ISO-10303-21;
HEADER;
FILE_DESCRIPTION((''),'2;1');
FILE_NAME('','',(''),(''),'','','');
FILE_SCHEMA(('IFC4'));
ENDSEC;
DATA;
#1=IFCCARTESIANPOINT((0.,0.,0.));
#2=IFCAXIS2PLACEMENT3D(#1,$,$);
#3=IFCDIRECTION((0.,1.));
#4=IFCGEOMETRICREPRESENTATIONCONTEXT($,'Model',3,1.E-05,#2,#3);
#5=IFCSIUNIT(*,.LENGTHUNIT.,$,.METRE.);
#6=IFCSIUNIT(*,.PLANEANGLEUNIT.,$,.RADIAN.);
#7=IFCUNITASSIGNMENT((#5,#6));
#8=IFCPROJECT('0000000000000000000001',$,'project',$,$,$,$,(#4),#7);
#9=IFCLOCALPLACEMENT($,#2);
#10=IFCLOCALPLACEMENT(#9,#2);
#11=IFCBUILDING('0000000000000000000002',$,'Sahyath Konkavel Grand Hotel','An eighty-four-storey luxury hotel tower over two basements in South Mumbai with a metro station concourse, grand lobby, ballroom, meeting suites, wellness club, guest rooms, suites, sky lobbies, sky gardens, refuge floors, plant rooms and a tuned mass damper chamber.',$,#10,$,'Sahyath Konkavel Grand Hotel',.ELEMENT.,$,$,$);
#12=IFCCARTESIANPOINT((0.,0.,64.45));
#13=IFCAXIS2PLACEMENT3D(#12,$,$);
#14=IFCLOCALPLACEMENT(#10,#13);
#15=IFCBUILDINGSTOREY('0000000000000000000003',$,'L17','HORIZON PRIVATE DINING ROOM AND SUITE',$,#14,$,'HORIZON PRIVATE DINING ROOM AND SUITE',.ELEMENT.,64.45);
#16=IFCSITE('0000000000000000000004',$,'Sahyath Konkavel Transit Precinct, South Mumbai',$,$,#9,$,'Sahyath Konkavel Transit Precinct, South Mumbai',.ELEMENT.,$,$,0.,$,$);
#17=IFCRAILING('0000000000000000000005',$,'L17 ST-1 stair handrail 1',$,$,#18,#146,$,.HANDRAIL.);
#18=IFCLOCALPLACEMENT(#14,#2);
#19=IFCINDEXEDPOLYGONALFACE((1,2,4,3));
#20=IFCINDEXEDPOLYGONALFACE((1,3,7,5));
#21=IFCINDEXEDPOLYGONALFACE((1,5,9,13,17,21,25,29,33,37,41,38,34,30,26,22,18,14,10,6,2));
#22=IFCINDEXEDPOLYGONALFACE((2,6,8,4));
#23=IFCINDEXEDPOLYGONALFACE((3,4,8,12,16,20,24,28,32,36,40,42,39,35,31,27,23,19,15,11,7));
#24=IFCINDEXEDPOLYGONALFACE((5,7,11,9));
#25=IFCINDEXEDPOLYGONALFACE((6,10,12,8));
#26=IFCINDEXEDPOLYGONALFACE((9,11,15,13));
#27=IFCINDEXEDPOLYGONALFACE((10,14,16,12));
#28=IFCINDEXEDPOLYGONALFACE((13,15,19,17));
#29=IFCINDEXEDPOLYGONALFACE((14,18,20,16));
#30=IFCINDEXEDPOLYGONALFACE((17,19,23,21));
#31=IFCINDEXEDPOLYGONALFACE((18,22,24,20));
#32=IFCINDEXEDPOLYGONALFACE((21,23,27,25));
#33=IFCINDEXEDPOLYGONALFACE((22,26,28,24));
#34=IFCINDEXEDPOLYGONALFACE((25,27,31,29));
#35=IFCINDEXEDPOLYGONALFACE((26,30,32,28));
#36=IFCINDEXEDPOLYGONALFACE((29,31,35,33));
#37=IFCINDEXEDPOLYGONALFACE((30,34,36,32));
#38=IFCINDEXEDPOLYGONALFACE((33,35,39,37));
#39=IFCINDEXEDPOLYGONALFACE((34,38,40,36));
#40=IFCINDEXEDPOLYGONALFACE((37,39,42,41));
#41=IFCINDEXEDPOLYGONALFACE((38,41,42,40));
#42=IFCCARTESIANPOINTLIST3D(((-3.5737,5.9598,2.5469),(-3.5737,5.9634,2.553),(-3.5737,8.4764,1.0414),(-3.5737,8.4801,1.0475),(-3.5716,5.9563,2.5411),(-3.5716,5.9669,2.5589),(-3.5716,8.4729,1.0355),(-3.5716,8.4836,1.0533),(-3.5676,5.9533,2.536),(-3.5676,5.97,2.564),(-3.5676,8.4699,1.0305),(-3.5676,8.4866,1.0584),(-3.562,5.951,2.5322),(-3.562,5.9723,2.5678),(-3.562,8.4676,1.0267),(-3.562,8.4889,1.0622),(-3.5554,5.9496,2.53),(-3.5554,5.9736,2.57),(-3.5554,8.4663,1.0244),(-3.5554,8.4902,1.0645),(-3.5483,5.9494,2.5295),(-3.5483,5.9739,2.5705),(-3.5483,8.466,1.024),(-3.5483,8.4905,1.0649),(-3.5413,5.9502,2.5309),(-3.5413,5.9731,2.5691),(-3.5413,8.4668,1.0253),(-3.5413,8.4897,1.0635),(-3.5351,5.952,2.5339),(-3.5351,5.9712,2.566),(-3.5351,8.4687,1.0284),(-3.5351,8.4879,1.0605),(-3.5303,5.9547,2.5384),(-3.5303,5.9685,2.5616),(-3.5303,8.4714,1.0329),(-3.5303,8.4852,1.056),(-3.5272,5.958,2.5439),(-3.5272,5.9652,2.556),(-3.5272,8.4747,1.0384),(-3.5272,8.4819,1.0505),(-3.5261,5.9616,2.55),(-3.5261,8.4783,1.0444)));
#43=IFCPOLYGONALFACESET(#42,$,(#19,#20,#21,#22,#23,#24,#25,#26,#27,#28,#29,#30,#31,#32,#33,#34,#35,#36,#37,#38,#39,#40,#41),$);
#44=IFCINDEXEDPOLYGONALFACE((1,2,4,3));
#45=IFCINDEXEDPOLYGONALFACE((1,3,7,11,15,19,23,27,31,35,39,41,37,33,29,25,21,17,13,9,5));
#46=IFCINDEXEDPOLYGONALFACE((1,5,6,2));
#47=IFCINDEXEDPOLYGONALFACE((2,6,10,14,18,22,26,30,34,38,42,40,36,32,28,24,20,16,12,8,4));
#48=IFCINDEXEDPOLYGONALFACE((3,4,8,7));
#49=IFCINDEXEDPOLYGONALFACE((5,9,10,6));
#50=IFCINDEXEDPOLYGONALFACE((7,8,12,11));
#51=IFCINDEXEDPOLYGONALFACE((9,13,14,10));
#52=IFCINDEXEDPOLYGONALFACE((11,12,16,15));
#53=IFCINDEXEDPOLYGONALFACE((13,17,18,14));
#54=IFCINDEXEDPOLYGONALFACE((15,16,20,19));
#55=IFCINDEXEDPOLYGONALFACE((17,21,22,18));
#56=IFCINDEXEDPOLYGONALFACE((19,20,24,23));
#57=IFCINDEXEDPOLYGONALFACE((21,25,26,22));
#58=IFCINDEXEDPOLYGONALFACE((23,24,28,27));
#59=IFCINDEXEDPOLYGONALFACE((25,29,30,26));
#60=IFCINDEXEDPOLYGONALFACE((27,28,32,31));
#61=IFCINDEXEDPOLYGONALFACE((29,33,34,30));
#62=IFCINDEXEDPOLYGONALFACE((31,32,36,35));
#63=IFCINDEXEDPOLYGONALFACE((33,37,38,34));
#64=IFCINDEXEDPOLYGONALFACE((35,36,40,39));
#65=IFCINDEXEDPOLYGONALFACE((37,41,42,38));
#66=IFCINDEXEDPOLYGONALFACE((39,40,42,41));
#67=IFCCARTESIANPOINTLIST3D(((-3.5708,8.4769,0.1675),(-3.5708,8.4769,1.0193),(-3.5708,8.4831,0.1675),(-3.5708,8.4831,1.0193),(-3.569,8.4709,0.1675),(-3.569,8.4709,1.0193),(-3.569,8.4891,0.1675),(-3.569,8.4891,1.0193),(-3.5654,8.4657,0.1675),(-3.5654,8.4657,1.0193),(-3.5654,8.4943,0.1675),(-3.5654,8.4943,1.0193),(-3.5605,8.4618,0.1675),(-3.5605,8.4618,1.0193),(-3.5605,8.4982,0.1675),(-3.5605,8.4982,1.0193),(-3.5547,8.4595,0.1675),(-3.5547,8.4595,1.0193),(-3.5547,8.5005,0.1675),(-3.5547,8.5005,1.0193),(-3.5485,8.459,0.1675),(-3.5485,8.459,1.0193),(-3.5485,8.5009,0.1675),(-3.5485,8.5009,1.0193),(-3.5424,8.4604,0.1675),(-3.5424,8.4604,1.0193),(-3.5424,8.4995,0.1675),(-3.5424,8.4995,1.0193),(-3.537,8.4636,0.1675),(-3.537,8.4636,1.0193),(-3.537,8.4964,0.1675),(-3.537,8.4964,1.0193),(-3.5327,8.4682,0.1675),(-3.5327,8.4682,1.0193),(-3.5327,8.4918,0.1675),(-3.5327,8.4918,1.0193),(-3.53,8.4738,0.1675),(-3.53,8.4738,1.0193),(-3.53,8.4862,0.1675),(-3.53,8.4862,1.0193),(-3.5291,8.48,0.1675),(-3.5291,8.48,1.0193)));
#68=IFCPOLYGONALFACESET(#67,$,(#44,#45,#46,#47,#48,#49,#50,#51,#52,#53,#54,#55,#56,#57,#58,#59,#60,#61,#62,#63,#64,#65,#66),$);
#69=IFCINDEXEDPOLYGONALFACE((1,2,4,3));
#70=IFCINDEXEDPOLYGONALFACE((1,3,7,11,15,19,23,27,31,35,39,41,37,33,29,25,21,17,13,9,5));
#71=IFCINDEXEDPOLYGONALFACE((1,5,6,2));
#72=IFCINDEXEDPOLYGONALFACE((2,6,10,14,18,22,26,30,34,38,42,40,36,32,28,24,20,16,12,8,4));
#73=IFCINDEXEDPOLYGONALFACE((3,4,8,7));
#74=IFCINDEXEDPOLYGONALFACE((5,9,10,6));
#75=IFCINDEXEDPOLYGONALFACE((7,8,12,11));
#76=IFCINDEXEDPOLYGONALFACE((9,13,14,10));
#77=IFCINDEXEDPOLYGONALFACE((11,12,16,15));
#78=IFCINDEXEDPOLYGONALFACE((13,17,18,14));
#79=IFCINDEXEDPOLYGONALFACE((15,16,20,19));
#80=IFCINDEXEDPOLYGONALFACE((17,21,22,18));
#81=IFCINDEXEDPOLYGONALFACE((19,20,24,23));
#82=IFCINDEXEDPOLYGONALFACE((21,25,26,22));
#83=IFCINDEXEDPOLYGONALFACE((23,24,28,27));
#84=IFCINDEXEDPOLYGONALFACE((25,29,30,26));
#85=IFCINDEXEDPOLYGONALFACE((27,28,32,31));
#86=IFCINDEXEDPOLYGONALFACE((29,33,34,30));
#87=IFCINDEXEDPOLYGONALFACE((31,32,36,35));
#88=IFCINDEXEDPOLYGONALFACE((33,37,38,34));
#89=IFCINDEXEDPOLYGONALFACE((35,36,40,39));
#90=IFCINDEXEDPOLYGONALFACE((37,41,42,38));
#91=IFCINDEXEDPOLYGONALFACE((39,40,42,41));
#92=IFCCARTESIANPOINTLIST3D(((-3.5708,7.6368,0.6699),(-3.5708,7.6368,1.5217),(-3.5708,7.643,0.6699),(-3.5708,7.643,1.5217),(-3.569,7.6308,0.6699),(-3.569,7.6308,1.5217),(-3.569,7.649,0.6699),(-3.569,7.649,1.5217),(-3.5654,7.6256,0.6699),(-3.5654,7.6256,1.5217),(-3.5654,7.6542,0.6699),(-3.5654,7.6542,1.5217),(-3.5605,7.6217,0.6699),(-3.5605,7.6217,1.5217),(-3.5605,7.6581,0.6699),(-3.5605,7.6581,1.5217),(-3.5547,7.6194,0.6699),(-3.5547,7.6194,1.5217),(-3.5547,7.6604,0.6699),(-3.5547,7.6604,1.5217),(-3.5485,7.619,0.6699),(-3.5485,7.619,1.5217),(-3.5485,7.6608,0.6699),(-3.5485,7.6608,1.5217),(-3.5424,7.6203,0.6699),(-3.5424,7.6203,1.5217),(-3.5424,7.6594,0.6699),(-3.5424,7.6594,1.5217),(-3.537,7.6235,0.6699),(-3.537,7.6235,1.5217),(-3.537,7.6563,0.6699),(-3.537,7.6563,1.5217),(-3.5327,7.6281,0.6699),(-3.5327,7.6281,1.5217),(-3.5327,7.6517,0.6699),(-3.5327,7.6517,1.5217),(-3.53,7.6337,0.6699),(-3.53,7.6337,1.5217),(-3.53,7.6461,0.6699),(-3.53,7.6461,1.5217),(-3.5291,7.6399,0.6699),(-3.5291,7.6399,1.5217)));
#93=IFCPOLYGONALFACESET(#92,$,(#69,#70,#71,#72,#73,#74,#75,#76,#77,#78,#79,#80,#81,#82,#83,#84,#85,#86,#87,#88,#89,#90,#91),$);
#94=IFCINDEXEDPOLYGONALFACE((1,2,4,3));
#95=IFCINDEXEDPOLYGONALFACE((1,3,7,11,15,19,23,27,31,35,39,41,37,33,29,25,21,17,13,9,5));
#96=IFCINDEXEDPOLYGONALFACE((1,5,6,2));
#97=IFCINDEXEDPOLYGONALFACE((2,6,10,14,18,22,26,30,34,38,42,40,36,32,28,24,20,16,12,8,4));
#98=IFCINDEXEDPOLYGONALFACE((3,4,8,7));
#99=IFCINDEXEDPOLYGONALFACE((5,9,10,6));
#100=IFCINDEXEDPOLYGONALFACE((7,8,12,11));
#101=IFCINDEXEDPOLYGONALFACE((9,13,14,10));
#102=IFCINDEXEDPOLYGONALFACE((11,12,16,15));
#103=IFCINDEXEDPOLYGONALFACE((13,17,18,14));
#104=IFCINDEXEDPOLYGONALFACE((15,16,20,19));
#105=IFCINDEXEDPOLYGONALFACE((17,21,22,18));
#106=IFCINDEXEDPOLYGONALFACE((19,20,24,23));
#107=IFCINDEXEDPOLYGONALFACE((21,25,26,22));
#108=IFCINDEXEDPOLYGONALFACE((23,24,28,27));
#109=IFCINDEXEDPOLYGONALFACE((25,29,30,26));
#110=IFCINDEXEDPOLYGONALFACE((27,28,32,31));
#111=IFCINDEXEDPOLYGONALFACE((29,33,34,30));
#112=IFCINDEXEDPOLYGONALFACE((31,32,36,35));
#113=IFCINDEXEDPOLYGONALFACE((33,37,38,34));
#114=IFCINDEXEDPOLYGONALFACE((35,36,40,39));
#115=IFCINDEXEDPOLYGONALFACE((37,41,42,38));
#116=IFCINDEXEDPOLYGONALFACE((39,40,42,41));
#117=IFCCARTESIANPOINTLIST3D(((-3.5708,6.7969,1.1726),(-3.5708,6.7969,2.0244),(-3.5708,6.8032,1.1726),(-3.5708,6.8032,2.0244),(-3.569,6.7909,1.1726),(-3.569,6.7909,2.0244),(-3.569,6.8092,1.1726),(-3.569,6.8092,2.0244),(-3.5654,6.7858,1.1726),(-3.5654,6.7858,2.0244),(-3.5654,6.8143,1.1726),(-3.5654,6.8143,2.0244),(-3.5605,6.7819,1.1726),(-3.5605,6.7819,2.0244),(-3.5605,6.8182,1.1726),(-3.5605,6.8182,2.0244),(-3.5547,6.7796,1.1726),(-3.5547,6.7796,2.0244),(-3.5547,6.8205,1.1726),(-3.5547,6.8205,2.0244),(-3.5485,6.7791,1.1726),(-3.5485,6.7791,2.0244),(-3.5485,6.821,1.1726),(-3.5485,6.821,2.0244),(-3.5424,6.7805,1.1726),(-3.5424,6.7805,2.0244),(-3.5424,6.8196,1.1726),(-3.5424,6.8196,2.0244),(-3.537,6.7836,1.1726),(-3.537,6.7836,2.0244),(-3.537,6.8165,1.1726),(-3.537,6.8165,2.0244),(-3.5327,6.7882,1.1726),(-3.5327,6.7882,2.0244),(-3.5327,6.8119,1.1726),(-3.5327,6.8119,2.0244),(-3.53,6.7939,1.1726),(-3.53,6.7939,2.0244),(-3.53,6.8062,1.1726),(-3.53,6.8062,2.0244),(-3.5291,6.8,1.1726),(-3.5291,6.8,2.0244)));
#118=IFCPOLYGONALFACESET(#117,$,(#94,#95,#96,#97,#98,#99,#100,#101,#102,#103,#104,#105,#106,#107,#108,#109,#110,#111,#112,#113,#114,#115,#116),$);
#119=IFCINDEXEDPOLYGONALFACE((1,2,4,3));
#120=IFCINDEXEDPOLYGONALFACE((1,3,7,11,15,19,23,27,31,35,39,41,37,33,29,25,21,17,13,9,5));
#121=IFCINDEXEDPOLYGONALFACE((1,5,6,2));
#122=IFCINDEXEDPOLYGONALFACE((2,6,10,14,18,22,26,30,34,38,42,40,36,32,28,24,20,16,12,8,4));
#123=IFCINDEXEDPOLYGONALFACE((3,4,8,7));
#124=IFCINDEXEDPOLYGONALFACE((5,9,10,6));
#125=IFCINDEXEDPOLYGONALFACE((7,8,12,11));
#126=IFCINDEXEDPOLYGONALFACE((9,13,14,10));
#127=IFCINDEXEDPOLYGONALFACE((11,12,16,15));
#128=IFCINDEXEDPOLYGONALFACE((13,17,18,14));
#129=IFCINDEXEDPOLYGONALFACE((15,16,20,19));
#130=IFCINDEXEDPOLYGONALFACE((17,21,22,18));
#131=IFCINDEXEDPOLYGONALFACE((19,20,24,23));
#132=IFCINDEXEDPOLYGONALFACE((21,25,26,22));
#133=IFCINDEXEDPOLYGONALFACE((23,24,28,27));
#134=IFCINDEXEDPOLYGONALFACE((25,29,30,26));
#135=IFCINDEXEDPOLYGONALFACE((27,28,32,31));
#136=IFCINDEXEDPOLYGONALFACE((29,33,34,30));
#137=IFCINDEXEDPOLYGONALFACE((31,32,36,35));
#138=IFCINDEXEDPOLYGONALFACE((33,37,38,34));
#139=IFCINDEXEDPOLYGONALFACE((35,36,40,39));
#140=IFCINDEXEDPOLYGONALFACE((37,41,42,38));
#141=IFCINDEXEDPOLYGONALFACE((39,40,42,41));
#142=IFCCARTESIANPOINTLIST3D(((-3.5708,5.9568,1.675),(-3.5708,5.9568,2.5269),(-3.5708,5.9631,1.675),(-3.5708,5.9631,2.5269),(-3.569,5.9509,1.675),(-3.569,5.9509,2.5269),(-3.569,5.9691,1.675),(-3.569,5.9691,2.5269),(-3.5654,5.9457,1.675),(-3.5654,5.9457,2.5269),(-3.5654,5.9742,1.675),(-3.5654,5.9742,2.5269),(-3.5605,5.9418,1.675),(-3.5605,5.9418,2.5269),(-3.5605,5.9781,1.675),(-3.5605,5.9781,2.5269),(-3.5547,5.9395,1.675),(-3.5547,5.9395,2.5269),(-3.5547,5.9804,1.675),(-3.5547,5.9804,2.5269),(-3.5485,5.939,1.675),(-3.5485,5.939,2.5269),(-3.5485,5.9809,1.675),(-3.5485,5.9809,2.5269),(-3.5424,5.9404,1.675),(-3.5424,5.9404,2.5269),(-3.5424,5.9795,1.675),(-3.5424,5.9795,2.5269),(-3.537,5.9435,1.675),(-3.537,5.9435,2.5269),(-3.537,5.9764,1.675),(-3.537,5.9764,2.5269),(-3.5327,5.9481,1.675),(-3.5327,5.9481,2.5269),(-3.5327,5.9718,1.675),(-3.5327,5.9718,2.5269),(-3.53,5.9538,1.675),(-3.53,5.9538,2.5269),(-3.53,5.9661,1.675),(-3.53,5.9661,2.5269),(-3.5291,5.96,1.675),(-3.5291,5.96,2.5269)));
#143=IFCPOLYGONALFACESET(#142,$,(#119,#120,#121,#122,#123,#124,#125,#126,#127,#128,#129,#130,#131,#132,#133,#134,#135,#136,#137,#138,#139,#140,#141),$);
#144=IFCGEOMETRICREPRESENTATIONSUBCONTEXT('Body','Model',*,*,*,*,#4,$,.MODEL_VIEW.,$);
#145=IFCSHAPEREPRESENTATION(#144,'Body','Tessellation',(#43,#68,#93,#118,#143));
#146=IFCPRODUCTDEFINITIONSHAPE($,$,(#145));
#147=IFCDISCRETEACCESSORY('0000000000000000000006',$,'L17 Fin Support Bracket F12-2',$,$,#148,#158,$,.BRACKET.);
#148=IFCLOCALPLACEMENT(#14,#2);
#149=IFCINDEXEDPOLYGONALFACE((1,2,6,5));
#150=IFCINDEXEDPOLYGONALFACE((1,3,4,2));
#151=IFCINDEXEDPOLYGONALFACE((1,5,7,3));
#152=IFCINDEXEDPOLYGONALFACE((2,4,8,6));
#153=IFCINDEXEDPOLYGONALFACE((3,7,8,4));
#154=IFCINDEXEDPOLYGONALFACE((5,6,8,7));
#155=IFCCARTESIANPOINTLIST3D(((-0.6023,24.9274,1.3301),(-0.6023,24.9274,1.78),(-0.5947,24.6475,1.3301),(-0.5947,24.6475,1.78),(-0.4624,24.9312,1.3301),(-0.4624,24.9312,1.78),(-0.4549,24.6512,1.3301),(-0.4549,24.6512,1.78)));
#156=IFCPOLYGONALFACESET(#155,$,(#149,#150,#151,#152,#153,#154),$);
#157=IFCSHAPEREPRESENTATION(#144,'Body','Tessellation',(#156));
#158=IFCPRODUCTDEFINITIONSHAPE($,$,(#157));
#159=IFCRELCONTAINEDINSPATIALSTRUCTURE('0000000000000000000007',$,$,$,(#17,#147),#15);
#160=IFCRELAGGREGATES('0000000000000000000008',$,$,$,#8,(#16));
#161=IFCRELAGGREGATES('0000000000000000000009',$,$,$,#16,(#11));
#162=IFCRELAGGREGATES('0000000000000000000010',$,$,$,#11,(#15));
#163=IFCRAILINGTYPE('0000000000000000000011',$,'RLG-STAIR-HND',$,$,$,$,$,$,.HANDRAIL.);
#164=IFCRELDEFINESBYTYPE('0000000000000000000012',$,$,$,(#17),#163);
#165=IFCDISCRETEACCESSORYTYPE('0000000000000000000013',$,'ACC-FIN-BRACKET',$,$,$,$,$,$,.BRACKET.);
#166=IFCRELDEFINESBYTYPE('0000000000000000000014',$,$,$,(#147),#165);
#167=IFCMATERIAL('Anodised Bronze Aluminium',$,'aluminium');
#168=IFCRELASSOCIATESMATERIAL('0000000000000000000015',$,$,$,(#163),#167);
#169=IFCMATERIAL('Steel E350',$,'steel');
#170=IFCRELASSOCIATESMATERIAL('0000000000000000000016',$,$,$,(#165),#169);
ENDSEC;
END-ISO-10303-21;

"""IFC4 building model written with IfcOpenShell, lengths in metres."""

from ifc_helpers import new_model, si_unit, direction, frame, origin, origin_2d, place, context, subcontext, project, spatial, rectangle, circle, extrude, source, transform, mapped, material, type_object, element, save


model = new_model("IFC4")

# Units and contexts
model_context = context("Model", 3, precision=1e-05, world=origin(), true_north=direction((0.0, 1.0)))
body_context = subcontext(model_context, "Body", "Model", "MODEL_VIEW")
ifc_project = project(units=[si_unit("LENGTHUNIT", "METRE"), si_unit("PLANEANGLEUNIT", "RADIAN")], contexts=[model_context])

# Site, building, storey
site_placement = place(None, origin())
site = spatial("IfcSite", under=ifc_project, at=site_placement, Name="Sahyath Konkavel Transit Precinct, South Mumbai", LongName="Sahyath Konkavel Transit Precinct, South Mumbai", CompositionType="ELEMENT", RefElevation=0.0)
building_placement = place(site_placement, origin())
building = spatial("IfcBuilding", under=site, at=building_placement, Name="Sahyath Konkavel Grand Hotel", Description="An eighty-four-storey luxury hotel tower over two basements in South Mumbai with a metro station concourse, grand lobby, ballroom, meeting suites, wellness club, guest rooms, suites, sky lobbies, sky gardens, refuge floors, plant rooms and a tuned mass damper chamber.", LongName="Sahyath Konkavel Grand Hotel", CompositionType="ELEMENT")
storey_placement = place(building_placement, frame((0.0, 0.0, 64.45)))
storey = spatial("IfcBuildingStorey", under=building, at=storey_placement, Name="L17", Description="HORIZON PRIVATE DINING ROOM AND SUITE", LongName="HORIZON PRIVATE DINING ROOM AND SUITE", CompositionType="ELEMENT", Elevation=64.45)

# Shared definitions
ifc_material_1 = material(Name="Steel E350", Category="steel")

# Shared definitions
ifc_material_2 = material(Name="Anodised Bronze Aluminium", Category="aluminium")

# Railing
railing_type_1 = type_object("IfcRailingType", Name="RLG-STAIR-HND", PredefinedType="HANDRAIL", material=ifc_material_2)
railing_1_placement = place(storey_placement, frame((-3.55, 8.48, 0.1675)))
element("IfcRailing", 1, at=railing_1_placement, inside=storey, type_object=railing_type_1, Name="L17 ST-1 stair handrail 1", PredefinedType="HANDRAIL", context=body_context, shape_type="SweptSolid", body=[
    extrude(circle(Radius=0.0239, at=origin_2d()), frame((0.0, -0.0017, 0.877), z_axis=(0.0, -0.85816, 0.513383), x_axis=(1.0, 0.0, 0.0)), (0.0, 0.0, 1.0), 2.9326),
    extrude(circle(Radius=0.021, at=origin_2d()), origin(), (0.0, 0.0, 1.0), 0.8518),
    extrude(circle(Radius=0.021, at=origin_2d()), frame((0.0, -0.8401, 0.5024)), (0.0, 0.0, 1.0), 0.8518),
    extrude(circle(Radius=0.021, at=origin_2d()), frame((0.0, -1.6799, 1.0051)), (0.0, 0.0, 1.0), 0.8518),
    extrude(circle(Radius=0.021, at=origin_2d()), frame((0.0, -2.52, 1.5076)), (0.0, 0.0, 1.0), 0.8518),
])

# Discrete accessory
discrete_accessory_type = type_object("IfcDiscreteAccessoryType", Name="ACC-FIN-BRACKET", PredefinedType="BRACKET", material=ifc_material_1)
shared_shape_1 = source(origin(), body_context, "Body", "SweptSolid", [
    extrude(rectangle(XDim=0.28, YDim=0.1399, at=origin_2d()), origin(), (0.0, 0.0, 1.0), 0.45),
])
discrete_accessory_placement = place(storey_placement, frame((-0.5286, 24.7893, 1.3301), z_axis=(0.0, 0.0, 1.0), x_axis=(-0.02691, 0.999638, 0.0)))
element("IfcDiscreteAccessory", 2, at=discrete_accessory_placement, inside=storey, type_object=discrete_accessory_type, Name="L17 Fin Support Bracket F12-2", PredefinedType="BRACKET", context=body_context, shape_type="MappedRepresentation", body=[
    mapped(shared_shape_1, transform((0.0, 0.0, 0.0), scale=1.0)),
])

save(model, "model.ifc")
